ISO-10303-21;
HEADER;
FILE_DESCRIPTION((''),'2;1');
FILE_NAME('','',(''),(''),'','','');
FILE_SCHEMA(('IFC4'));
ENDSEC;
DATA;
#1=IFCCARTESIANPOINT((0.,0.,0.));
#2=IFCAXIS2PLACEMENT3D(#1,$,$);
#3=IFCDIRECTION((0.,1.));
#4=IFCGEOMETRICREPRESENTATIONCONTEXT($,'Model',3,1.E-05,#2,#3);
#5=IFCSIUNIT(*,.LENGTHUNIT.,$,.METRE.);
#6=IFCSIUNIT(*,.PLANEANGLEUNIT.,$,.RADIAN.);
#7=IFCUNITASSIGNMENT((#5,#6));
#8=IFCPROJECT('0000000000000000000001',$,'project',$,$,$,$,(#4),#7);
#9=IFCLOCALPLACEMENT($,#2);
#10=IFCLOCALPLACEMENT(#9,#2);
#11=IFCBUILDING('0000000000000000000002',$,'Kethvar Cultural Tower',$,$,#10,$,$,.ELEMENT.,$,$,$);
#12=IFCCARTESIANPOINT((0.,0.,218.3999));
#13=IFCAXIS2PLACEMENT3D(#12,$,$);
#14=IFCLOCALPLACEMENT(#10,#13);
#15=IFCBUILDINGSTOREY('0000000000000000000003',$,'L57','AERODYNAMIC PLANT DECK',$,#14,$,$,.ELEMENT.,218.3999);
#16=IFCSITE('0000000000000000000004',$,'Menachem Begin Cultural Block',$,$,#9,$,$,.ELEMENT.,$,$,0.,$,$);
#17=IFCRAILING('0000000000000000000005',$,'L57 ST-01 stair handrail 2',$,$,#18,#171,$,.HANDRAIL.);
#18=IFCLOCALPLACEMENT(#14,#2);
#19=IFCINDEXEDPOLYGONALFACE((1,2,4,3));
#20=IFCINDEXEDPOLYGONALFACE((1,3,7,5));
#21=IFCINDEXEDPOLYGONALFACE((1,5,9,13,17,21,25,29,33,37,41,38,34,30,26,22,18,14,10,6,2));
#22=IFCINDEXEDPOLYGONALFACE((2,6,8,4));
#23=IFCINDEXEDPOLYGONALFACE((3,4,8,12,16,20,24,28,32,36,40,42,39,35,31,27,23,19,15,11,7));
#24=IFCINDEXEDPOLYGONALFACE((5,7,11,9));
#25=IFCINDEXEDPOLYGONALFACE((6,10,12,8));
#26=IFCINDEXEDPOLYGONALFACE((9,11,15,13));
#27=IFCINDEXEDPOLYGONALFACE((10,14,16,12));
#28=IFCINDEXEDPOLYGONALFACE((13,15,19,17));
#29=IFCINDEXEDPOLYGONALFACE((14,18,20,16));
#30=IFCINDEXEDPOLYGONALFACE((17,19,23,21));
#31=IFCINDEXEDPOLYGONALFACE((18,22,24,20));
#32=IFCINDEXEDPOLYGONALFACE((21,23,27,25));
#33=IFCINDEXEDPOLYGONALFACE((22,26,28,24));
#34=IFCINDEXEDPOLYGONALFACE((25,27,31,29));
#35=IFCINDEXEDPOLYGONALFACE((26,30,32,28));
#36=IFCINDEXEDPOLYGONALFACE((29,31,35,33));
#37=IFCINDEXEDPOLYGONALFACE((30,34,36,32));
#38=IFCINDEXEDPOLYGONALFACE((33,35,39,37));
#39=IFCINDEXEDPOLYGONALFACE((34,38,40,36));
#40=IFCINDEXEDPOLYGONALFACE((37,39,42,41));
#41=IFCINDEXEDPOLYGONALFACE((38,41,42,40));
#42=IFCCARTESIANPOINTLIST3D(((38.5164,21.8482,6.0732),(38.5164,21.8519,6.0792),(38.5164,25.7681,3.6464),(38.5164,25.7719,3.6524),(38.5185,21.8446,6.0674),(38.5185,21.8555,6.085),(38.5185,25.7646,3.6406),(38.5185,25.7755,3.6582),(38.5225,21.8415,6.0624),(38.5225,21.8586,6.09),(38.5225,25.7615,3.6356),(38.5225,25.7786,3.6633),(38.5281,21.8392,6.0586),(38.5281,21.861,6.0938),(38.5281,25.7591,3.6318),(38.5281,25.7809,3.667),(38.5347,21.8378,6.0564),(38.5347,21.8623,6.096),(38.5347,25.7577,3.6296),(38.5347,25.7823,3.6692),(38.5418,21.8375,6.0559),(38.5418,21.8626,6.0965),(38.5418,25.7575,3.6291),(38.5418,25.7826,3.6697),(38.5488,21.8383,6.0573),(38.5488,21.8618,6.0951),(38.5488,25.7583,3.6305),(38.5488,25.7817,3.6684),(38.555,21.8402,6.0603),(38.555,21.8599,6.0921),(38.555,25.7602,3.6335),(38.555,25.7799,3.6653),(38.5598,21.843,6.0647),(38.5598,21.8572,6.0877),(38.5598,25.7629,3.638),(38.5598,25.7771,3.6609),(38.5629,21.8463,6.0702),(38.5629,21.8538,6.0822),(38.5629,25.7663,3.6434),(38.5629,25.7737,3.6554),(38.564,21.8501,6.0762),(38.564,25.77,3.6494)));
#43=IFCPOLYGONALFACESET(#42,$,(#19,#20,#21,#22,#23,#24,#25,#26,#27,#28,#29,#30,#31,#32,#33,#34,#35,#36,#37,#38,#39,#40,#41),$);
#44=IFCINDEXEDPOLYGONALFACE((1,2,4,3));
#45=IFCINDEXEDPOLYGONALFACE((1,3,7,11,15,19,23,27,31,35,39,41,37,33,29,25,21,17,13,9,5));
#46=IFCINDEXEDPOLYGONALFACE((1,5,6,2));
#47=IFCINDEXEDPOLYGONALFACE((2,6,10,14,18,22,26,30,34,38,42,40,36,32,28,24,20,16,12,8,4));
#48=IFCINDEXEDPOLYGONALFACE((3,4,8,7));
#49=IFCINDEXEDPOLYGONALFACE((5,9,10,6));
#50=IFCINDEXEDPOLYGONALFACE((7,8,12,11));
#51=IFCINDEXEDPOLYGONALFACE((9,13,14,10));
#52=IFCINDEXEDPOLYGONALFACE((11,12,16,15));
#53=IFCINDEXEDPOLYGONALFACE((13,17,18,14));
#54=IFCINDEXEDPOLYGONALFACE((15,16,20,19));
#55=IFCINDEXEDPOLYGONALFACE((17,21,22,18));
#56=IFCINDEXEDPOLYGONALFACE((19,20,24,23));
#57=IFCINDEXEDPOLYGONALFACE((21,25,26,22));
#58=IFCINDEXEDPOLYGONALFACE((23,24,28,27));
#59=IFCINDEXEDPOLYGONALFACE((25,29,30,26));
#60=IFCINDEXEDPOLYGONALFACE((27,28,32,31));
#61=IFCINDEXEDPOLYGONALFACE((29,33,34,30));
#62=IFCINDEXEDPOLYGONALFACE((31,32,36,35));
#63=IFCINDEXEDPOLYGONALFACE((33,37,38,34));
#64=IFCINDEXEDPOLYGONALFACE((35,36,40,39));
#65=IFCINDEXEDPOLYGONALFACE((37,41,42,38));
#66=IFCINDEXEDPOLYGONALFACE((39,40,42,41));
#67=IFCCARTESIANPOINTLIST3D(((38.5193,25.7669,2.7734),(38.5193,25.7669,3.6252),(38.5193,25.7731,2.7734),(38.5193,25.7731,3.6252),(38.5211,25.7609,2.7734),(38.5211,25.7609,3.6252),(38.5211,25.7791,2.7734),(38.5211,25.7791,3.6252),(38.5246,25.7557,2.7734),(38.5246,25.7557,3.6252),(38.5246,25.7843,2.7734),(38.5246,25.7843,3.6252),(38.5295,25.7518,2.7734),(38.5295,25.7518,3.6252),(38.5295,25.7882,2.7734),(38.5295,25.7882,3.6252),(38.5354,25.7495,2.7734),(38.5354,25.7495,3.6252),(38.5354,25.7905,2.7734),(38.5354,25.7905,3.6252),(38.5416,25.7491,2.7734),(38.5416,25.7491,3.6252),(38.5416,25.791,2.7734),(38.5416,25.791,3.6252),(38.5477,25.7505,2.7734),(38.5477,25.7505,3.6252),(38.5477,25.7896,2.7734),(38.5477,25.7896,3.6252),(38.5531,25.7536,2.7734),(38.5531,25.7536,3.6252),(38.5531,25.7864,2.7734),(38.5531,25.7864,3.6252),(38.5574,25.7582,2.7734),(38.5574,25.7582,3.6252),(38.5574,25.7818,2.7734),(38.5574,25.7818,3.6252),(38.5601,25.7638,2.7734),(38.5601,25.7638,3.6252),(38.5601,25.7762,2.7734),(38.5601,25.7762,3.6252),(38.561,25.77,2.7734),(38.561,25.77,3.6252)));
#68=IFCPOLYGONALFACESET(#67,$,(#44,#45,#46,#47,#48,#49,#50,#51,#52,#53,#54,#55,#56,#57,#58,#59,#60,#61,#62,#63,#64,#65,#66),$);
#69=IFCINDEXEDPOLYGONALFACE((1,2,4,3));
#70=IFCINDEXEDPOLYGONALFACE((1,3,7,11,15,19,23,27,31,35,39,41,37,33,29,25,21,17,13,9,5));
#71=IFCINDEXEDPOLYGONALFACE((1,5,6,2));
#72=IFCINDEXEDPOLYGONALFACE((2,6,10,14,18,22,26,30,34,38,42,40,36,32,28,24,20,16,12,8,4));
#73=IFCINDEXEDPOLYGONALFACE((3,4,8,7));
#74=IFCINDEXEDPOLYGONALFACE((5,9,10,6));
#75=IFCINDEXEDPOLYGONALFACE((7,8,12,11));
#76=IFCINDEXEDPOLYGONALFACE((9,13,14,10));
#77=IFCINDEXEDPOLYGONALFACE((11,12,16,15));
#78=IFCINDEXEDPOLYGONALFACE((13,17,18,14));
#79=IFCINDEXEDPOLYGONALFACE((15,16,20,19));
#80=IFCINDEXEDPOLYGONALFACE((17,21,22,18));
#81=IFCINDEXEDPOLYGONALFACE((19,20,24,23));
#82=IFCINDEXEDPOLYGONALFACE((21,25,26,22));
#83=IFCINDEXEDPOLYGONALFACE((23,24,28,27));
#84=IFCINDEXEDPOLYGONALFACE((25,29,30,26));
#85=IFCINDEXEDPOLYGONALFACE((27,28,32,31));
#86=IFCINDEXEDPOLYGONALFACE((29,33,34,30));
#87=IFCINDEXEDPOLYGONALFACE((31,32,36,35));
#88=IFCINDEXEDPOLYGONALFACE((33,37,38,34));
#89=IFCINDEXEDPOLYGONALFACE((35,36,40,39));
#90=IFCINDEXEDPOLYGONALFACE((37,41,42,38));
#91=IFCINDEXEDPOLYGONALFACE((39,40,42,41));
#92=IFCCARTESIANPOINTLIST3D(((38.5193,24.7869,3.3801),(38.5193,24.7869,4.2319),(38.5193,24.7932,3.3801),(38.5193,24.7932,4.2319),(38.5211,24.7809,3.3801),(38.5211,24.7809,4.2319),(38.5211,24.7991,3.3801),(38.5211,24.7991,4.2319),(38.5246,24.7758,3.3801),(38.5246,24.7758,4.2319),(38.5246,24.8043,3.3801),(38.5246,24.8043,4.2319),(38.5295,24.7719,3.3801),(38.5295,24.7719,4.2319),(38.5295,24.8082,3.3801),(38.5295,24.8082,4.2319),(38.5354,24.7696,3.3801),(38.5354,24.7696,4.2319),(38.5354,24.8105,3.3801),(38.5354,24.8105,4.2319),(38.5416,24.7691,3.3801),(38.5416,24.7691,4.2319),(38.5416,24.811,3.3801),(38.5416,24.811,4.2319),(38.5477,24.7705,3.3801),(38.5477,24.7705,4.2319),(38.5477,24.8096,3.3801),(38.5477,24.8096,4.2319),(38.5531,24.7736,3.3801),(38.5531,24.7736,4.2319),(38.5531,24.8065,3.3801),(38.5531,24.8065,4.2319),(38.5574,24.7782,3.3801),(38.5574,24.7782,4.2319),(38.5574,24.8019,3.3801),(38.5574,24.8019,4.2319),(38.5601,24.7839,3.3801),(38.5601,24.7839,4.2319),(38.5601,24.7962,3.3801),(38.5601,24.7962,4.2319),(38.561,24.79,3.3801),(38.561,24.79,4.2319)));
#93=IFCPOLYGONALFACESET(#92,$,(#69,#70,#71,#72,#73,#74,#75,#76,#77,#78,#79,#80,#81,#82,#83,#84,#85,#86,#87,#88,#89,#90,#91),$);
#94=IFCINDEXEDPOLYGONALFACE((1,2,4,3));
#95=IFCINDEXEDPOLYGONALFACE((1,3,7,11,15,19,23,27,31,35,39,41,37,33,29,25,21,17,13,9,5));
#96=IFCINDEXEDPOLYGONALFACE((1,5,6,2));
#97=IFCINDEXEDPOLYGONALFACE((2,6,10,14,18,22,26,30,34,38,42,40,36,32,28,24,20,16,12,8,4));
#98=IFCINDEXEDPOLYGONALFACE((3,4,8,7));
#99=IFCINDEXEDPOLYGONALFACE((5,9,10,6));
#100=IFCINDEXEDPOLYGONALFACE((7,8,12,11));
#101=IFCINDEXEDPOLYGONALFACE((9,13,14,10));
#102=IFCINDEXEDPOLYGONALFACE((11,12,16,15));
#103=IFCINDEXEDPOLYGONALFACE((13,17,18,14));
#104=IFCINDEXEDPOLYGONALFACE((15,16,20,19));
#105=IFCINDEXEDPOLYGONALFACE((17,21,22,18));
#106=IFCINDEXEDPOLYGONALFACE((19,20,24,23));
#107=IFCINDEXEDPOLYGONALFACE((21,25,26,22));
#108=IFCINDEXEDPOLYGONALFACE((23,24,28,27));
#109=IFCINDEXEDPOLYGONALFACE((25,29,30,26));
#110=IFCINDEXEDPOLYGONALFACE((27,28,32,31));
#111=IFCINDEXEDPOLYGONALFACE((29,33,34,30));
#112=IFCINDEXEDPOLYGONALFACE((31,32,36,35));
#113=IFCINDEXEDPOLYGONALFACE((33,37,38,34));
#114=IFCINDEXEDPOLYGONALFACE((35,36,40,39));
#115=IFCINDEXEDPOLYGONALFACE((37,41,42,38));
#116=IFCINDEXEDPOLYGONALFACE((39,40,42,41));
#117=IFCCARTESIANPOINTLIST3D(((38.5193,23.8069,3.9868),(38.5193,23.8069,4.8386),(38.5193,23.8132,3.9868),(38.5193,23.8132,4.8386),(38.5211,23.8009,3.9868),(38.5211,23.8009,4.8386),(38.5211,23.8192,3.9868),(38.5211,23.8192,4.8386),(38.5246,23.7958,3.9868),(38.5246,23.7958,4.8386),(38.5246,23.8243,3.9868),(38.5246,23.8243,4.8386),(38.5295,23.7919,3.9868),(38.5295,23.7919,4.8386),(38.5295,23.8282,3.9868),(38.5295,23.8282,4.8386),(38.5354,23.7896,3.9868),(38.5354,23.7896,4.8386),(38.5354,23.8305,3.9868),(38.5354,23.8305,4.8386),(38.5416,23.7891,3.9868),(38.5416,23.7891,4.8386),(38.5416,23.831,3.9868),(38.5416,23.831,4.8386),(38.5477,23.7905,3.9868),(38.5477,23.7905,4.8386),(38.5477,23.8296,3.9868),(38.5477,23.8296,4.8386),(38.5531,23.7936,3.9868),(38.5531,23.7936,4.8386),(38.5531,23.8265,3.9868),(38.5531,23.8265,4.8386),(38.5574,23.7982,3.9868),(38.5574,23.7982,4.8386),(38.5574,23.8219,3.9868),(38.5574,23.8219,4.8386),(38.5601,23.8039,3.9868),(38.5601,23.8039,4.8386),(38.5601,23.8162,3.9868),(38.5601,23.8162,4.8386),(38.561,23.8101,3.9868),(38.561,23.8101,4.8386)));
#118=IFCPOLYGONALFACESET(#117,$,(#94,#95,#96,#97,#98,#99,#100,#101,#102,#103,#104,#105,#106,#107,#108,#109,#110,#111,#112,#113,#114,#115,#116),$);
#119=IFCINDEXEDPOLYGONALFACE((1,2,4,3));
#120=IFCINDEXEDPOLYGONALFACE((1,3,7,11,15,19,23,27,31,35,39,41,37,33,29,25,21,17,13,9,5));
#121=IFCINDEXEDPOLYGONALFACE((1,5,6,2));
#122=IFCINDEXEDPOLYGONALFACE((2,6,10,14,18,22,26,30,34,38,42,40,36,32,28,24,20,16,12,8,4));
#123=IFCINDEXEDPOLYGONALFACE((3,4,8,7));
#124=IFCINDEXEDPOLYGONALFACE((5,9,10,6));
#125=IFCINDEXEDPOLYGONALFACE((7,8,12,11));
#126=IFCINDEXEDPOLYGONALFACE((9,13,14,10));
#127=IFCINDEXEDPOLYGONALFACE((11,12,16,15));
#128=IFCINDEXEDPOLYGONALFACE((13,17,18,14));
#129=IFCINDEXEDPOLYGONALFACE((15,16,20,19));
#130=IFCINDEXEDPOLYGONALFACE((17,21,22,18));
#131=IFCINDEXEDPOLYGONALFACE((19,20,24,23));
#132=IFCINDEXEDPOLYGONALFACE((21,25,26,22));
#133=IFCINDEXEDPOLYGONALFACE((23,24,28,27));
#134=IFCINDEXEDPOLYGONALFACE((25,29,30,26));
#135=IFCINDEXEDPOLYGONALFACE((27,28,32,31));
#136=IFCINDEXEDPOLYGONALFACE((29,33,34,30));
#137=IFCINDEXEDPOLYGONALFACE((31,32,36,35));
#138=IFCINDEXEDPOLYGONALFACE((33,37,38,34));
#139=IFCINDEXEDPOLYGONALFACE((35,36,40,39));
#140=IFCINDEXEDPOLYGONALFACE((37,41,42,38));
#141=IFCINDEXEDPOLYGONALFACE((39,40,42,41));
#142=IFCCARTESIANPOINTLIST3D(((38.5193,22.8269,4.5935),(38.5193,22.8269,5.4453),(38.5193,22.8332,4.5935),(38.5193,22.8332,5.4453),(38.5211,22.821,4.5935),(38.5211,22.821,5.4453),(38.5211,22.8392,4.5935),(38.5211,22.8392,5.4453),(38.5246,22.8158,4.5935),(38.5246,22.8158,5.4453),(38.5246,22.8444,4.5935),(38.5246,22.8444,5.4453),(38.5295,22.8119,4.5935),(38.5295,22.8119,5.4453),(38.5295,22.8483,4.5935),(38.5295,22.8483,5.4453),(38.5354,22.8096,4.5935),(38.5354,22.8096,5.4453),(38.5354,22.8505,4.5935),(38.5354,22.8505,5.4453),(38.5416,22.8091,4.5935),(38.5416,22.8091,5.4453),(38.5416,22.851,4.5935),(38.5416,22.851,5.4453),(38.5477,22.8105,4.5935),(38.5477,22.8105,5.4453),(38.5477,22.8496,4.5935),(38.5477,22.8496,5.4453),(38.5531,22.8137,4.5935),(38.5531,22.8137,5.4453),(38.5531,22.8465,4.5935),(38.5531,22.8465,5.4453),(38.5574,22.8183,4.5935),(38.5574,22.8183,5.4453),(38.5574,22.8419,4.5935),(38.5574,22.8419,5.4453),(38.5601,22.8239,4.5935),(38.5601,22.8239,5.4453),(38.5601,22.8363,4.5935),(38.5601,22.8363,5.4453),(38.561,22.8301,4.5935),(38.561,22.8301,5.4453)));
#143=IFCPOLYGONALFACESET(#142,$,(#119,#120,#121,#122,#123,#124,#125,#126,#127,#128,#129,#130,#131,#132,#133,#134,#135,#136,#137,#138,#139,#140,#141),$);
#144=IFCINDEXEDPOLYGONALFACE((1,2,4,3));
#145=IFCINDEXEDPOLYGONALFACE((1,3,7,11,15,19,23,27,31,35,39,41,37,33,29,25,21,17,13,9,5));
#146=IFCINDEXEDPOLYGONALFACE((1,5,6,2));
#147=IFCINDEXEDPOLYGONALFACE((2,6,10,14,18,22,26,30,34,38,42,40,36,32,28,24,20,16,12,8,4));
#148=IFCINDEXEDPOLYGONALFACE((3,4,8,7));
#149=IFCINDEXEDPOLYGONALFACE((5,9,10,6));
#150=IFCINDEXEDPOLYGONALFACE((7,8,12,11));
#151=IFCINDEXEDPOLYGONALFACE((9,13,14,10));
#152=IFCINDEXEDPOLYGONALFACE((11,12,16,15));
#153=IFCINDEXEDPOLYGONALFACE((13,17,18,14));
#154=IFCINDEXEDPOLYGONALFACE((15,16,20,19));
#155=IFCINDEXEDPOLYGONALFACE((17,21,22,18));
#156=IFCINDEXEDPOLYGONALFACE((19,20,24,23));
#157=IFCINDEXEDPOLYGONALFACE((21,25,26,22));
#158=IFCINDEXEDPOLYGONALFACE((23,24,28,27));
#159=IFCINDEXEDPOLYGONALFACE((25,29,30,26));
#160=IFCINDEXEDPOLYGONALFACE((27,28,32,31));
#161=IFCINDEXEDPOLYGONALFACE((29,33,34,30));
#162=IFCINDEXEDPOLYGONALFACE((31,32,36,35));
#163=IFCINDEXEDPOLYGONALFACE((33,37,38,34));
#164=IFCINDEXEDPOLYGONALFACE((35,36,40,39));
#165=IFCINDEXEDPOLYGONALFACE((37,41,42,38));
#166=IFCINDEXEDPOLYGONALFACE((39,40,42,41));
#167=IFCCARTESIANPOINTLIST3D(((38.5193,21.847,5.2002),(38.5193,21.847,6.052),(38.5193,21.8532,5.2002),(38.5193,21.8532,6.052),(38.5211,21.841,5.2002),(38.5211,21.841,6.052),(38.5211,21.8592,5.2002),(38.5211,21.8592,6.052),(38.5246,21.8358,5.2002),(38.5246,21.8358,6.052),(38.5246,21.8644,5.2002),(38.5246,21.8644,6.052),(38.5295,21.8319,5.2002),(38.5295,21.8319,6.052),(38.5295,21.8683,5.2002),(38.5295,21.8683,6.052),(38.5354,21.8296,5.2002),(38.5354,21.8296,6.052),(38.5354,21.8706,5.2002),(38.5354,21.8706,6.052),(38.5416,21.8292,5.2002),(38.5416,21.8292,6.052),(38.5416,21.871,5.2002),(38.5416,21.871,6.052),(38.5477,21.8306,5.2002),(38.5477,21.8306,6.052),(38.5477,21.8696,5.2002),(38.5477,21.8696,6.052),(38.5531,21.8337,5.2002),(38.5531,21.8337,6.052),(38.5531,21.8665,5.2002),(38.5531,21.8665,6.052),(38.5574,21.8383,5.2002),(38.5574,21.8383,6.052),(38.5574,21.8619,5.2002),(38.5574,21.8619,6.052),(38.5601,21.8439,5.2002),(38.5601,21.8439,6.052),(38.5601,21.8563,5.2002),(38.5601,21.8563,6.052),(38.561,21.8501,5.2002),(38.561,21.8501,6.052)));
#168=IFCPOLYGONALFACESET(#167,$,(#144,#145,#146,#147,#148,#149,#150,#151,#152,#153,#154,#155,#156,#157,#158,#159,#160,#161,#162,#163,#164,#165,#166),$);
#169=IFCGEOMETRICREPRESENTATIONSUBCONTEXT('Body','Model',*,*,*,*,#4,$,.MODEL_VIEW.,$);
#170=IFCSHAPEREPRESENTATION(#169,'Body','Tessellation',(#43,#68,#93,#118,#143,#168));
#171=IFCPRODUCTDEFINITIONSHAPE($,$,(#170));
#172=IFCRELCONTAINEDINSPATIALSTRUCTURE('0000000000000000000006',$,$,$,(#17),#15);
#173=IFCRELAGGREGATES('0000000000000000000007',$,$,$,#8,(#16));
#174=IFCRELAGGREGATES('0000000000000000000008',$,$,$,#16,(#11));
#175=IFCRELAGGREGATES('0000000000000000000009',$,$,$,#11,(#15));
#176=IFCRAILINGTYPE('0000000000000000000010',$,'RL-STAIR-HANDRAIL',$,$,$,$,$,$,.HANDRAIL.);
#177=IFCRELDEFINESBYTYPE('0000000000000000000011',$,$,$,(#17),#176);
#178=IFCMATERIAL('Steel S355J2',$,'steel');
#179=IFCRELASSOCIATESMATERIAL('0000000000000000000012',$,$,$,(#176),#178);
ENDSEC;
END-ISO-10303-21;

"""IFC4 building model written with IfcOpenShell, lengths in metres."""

from ifc_helpers import new_model, si_unit, direction, frame, origin, origin_2d, place, context, subcontext, project, spatial, circle, extrude, material, type_object, element, save


model = new_model("IFC4")

# Units and contexts
model_context = context("Model", 3, precision=1e-05, world=origin(), true_north=direction((0.0, 1.0)))
body_context = subcontext(model_context, "Body", "Model", "MODEL_VIEW")
ifc_project = project(units=[si_unit("LENGTHUNIT", "METRE"), si_unit("PLANEANGLEUNIT", "RADIAN")], contexts=[model_context])

# Site, building, storey
site_placement = place(None, origin())
site = spatial("IfcSite", under=ifc_project, at=site_placement, Name="Menachem Begin Cultural Block", CompositionType="ELEMENT", RefElevation=0.0)
building_placement = place(site_placement, origin())
building = spatial("IfcBuilding", under=site, at=building_placement, Name="Kethvar Cultural Tower", CompositionType="ELEMENT")
storey_placement = place(building_placement, frame((0.0, 0.0, 218.3999)))
storey = spatial("IfcBuildingStorey", under=building, at=storey_placement, Name="L57", Description="AERODYNAMIC PLANT DECK", CompositionType="ELEMENT", Elevation=218.3999)

# Shared definitions
ifc_material_1 = material(Name="Steel S355J2", Category="steel")

# Railing
railing_type_1 = type_object("IfcRailingType", Name="RL-STAIR-HANDRAIL", PredefinedType="HANDRAIL", material=ifc_material_1)
railing_1_placement = place(storey_placement, frame((38.54, 25.77, 2.7734)))
element("IfcRailing", 1, at=railing_1_placement, inside=storey, type_object=railing_type_1, Name="L57 ST-01 stair handrail 2", PredefinedType="HANDRAIL", context=body_context, shape_type="SweptSolid", body=[
    extrude(circle(Radius=0.0239, at=origin_2d()), frame((0.0, 0.0, 0.876), z_axis=(0.0, -0.850252, 0.526376), x_axis=(1.0, 0.0, 0.0)), (0.0, 0.0, 1.0), 4.6104),
    extrude(circle(Radius=0.021, at=origin_2d()), origin(), (0.0, 0.0, 1.0), 0.8518),
    extrude(circle(Radius=0.021, at=origin_2d()), frame((0.0, -0.98, 0.6067)), (0.0, 0.0, 1.0), 0.8518),
    extrude(circle(Radius=0.021, at=origin_2d()), frame((0.0, -1.96, 1.2134)), (0.0, 0.0, 1.0), 0.8518),
    extrude(circle(Radius=0.021, at=origin_2d()), frame((0.0, -2.9399, 1.8201)), (0.0, 0.0, 1.0), 0.8518),
    extrude(circle(Radius=0.021, at=origin_2d()), frame((0.0, -3.9199, 2.4268)), (0.0, 0.0, 1.0), 0.8518),
])

save(model, "model.ifc")
